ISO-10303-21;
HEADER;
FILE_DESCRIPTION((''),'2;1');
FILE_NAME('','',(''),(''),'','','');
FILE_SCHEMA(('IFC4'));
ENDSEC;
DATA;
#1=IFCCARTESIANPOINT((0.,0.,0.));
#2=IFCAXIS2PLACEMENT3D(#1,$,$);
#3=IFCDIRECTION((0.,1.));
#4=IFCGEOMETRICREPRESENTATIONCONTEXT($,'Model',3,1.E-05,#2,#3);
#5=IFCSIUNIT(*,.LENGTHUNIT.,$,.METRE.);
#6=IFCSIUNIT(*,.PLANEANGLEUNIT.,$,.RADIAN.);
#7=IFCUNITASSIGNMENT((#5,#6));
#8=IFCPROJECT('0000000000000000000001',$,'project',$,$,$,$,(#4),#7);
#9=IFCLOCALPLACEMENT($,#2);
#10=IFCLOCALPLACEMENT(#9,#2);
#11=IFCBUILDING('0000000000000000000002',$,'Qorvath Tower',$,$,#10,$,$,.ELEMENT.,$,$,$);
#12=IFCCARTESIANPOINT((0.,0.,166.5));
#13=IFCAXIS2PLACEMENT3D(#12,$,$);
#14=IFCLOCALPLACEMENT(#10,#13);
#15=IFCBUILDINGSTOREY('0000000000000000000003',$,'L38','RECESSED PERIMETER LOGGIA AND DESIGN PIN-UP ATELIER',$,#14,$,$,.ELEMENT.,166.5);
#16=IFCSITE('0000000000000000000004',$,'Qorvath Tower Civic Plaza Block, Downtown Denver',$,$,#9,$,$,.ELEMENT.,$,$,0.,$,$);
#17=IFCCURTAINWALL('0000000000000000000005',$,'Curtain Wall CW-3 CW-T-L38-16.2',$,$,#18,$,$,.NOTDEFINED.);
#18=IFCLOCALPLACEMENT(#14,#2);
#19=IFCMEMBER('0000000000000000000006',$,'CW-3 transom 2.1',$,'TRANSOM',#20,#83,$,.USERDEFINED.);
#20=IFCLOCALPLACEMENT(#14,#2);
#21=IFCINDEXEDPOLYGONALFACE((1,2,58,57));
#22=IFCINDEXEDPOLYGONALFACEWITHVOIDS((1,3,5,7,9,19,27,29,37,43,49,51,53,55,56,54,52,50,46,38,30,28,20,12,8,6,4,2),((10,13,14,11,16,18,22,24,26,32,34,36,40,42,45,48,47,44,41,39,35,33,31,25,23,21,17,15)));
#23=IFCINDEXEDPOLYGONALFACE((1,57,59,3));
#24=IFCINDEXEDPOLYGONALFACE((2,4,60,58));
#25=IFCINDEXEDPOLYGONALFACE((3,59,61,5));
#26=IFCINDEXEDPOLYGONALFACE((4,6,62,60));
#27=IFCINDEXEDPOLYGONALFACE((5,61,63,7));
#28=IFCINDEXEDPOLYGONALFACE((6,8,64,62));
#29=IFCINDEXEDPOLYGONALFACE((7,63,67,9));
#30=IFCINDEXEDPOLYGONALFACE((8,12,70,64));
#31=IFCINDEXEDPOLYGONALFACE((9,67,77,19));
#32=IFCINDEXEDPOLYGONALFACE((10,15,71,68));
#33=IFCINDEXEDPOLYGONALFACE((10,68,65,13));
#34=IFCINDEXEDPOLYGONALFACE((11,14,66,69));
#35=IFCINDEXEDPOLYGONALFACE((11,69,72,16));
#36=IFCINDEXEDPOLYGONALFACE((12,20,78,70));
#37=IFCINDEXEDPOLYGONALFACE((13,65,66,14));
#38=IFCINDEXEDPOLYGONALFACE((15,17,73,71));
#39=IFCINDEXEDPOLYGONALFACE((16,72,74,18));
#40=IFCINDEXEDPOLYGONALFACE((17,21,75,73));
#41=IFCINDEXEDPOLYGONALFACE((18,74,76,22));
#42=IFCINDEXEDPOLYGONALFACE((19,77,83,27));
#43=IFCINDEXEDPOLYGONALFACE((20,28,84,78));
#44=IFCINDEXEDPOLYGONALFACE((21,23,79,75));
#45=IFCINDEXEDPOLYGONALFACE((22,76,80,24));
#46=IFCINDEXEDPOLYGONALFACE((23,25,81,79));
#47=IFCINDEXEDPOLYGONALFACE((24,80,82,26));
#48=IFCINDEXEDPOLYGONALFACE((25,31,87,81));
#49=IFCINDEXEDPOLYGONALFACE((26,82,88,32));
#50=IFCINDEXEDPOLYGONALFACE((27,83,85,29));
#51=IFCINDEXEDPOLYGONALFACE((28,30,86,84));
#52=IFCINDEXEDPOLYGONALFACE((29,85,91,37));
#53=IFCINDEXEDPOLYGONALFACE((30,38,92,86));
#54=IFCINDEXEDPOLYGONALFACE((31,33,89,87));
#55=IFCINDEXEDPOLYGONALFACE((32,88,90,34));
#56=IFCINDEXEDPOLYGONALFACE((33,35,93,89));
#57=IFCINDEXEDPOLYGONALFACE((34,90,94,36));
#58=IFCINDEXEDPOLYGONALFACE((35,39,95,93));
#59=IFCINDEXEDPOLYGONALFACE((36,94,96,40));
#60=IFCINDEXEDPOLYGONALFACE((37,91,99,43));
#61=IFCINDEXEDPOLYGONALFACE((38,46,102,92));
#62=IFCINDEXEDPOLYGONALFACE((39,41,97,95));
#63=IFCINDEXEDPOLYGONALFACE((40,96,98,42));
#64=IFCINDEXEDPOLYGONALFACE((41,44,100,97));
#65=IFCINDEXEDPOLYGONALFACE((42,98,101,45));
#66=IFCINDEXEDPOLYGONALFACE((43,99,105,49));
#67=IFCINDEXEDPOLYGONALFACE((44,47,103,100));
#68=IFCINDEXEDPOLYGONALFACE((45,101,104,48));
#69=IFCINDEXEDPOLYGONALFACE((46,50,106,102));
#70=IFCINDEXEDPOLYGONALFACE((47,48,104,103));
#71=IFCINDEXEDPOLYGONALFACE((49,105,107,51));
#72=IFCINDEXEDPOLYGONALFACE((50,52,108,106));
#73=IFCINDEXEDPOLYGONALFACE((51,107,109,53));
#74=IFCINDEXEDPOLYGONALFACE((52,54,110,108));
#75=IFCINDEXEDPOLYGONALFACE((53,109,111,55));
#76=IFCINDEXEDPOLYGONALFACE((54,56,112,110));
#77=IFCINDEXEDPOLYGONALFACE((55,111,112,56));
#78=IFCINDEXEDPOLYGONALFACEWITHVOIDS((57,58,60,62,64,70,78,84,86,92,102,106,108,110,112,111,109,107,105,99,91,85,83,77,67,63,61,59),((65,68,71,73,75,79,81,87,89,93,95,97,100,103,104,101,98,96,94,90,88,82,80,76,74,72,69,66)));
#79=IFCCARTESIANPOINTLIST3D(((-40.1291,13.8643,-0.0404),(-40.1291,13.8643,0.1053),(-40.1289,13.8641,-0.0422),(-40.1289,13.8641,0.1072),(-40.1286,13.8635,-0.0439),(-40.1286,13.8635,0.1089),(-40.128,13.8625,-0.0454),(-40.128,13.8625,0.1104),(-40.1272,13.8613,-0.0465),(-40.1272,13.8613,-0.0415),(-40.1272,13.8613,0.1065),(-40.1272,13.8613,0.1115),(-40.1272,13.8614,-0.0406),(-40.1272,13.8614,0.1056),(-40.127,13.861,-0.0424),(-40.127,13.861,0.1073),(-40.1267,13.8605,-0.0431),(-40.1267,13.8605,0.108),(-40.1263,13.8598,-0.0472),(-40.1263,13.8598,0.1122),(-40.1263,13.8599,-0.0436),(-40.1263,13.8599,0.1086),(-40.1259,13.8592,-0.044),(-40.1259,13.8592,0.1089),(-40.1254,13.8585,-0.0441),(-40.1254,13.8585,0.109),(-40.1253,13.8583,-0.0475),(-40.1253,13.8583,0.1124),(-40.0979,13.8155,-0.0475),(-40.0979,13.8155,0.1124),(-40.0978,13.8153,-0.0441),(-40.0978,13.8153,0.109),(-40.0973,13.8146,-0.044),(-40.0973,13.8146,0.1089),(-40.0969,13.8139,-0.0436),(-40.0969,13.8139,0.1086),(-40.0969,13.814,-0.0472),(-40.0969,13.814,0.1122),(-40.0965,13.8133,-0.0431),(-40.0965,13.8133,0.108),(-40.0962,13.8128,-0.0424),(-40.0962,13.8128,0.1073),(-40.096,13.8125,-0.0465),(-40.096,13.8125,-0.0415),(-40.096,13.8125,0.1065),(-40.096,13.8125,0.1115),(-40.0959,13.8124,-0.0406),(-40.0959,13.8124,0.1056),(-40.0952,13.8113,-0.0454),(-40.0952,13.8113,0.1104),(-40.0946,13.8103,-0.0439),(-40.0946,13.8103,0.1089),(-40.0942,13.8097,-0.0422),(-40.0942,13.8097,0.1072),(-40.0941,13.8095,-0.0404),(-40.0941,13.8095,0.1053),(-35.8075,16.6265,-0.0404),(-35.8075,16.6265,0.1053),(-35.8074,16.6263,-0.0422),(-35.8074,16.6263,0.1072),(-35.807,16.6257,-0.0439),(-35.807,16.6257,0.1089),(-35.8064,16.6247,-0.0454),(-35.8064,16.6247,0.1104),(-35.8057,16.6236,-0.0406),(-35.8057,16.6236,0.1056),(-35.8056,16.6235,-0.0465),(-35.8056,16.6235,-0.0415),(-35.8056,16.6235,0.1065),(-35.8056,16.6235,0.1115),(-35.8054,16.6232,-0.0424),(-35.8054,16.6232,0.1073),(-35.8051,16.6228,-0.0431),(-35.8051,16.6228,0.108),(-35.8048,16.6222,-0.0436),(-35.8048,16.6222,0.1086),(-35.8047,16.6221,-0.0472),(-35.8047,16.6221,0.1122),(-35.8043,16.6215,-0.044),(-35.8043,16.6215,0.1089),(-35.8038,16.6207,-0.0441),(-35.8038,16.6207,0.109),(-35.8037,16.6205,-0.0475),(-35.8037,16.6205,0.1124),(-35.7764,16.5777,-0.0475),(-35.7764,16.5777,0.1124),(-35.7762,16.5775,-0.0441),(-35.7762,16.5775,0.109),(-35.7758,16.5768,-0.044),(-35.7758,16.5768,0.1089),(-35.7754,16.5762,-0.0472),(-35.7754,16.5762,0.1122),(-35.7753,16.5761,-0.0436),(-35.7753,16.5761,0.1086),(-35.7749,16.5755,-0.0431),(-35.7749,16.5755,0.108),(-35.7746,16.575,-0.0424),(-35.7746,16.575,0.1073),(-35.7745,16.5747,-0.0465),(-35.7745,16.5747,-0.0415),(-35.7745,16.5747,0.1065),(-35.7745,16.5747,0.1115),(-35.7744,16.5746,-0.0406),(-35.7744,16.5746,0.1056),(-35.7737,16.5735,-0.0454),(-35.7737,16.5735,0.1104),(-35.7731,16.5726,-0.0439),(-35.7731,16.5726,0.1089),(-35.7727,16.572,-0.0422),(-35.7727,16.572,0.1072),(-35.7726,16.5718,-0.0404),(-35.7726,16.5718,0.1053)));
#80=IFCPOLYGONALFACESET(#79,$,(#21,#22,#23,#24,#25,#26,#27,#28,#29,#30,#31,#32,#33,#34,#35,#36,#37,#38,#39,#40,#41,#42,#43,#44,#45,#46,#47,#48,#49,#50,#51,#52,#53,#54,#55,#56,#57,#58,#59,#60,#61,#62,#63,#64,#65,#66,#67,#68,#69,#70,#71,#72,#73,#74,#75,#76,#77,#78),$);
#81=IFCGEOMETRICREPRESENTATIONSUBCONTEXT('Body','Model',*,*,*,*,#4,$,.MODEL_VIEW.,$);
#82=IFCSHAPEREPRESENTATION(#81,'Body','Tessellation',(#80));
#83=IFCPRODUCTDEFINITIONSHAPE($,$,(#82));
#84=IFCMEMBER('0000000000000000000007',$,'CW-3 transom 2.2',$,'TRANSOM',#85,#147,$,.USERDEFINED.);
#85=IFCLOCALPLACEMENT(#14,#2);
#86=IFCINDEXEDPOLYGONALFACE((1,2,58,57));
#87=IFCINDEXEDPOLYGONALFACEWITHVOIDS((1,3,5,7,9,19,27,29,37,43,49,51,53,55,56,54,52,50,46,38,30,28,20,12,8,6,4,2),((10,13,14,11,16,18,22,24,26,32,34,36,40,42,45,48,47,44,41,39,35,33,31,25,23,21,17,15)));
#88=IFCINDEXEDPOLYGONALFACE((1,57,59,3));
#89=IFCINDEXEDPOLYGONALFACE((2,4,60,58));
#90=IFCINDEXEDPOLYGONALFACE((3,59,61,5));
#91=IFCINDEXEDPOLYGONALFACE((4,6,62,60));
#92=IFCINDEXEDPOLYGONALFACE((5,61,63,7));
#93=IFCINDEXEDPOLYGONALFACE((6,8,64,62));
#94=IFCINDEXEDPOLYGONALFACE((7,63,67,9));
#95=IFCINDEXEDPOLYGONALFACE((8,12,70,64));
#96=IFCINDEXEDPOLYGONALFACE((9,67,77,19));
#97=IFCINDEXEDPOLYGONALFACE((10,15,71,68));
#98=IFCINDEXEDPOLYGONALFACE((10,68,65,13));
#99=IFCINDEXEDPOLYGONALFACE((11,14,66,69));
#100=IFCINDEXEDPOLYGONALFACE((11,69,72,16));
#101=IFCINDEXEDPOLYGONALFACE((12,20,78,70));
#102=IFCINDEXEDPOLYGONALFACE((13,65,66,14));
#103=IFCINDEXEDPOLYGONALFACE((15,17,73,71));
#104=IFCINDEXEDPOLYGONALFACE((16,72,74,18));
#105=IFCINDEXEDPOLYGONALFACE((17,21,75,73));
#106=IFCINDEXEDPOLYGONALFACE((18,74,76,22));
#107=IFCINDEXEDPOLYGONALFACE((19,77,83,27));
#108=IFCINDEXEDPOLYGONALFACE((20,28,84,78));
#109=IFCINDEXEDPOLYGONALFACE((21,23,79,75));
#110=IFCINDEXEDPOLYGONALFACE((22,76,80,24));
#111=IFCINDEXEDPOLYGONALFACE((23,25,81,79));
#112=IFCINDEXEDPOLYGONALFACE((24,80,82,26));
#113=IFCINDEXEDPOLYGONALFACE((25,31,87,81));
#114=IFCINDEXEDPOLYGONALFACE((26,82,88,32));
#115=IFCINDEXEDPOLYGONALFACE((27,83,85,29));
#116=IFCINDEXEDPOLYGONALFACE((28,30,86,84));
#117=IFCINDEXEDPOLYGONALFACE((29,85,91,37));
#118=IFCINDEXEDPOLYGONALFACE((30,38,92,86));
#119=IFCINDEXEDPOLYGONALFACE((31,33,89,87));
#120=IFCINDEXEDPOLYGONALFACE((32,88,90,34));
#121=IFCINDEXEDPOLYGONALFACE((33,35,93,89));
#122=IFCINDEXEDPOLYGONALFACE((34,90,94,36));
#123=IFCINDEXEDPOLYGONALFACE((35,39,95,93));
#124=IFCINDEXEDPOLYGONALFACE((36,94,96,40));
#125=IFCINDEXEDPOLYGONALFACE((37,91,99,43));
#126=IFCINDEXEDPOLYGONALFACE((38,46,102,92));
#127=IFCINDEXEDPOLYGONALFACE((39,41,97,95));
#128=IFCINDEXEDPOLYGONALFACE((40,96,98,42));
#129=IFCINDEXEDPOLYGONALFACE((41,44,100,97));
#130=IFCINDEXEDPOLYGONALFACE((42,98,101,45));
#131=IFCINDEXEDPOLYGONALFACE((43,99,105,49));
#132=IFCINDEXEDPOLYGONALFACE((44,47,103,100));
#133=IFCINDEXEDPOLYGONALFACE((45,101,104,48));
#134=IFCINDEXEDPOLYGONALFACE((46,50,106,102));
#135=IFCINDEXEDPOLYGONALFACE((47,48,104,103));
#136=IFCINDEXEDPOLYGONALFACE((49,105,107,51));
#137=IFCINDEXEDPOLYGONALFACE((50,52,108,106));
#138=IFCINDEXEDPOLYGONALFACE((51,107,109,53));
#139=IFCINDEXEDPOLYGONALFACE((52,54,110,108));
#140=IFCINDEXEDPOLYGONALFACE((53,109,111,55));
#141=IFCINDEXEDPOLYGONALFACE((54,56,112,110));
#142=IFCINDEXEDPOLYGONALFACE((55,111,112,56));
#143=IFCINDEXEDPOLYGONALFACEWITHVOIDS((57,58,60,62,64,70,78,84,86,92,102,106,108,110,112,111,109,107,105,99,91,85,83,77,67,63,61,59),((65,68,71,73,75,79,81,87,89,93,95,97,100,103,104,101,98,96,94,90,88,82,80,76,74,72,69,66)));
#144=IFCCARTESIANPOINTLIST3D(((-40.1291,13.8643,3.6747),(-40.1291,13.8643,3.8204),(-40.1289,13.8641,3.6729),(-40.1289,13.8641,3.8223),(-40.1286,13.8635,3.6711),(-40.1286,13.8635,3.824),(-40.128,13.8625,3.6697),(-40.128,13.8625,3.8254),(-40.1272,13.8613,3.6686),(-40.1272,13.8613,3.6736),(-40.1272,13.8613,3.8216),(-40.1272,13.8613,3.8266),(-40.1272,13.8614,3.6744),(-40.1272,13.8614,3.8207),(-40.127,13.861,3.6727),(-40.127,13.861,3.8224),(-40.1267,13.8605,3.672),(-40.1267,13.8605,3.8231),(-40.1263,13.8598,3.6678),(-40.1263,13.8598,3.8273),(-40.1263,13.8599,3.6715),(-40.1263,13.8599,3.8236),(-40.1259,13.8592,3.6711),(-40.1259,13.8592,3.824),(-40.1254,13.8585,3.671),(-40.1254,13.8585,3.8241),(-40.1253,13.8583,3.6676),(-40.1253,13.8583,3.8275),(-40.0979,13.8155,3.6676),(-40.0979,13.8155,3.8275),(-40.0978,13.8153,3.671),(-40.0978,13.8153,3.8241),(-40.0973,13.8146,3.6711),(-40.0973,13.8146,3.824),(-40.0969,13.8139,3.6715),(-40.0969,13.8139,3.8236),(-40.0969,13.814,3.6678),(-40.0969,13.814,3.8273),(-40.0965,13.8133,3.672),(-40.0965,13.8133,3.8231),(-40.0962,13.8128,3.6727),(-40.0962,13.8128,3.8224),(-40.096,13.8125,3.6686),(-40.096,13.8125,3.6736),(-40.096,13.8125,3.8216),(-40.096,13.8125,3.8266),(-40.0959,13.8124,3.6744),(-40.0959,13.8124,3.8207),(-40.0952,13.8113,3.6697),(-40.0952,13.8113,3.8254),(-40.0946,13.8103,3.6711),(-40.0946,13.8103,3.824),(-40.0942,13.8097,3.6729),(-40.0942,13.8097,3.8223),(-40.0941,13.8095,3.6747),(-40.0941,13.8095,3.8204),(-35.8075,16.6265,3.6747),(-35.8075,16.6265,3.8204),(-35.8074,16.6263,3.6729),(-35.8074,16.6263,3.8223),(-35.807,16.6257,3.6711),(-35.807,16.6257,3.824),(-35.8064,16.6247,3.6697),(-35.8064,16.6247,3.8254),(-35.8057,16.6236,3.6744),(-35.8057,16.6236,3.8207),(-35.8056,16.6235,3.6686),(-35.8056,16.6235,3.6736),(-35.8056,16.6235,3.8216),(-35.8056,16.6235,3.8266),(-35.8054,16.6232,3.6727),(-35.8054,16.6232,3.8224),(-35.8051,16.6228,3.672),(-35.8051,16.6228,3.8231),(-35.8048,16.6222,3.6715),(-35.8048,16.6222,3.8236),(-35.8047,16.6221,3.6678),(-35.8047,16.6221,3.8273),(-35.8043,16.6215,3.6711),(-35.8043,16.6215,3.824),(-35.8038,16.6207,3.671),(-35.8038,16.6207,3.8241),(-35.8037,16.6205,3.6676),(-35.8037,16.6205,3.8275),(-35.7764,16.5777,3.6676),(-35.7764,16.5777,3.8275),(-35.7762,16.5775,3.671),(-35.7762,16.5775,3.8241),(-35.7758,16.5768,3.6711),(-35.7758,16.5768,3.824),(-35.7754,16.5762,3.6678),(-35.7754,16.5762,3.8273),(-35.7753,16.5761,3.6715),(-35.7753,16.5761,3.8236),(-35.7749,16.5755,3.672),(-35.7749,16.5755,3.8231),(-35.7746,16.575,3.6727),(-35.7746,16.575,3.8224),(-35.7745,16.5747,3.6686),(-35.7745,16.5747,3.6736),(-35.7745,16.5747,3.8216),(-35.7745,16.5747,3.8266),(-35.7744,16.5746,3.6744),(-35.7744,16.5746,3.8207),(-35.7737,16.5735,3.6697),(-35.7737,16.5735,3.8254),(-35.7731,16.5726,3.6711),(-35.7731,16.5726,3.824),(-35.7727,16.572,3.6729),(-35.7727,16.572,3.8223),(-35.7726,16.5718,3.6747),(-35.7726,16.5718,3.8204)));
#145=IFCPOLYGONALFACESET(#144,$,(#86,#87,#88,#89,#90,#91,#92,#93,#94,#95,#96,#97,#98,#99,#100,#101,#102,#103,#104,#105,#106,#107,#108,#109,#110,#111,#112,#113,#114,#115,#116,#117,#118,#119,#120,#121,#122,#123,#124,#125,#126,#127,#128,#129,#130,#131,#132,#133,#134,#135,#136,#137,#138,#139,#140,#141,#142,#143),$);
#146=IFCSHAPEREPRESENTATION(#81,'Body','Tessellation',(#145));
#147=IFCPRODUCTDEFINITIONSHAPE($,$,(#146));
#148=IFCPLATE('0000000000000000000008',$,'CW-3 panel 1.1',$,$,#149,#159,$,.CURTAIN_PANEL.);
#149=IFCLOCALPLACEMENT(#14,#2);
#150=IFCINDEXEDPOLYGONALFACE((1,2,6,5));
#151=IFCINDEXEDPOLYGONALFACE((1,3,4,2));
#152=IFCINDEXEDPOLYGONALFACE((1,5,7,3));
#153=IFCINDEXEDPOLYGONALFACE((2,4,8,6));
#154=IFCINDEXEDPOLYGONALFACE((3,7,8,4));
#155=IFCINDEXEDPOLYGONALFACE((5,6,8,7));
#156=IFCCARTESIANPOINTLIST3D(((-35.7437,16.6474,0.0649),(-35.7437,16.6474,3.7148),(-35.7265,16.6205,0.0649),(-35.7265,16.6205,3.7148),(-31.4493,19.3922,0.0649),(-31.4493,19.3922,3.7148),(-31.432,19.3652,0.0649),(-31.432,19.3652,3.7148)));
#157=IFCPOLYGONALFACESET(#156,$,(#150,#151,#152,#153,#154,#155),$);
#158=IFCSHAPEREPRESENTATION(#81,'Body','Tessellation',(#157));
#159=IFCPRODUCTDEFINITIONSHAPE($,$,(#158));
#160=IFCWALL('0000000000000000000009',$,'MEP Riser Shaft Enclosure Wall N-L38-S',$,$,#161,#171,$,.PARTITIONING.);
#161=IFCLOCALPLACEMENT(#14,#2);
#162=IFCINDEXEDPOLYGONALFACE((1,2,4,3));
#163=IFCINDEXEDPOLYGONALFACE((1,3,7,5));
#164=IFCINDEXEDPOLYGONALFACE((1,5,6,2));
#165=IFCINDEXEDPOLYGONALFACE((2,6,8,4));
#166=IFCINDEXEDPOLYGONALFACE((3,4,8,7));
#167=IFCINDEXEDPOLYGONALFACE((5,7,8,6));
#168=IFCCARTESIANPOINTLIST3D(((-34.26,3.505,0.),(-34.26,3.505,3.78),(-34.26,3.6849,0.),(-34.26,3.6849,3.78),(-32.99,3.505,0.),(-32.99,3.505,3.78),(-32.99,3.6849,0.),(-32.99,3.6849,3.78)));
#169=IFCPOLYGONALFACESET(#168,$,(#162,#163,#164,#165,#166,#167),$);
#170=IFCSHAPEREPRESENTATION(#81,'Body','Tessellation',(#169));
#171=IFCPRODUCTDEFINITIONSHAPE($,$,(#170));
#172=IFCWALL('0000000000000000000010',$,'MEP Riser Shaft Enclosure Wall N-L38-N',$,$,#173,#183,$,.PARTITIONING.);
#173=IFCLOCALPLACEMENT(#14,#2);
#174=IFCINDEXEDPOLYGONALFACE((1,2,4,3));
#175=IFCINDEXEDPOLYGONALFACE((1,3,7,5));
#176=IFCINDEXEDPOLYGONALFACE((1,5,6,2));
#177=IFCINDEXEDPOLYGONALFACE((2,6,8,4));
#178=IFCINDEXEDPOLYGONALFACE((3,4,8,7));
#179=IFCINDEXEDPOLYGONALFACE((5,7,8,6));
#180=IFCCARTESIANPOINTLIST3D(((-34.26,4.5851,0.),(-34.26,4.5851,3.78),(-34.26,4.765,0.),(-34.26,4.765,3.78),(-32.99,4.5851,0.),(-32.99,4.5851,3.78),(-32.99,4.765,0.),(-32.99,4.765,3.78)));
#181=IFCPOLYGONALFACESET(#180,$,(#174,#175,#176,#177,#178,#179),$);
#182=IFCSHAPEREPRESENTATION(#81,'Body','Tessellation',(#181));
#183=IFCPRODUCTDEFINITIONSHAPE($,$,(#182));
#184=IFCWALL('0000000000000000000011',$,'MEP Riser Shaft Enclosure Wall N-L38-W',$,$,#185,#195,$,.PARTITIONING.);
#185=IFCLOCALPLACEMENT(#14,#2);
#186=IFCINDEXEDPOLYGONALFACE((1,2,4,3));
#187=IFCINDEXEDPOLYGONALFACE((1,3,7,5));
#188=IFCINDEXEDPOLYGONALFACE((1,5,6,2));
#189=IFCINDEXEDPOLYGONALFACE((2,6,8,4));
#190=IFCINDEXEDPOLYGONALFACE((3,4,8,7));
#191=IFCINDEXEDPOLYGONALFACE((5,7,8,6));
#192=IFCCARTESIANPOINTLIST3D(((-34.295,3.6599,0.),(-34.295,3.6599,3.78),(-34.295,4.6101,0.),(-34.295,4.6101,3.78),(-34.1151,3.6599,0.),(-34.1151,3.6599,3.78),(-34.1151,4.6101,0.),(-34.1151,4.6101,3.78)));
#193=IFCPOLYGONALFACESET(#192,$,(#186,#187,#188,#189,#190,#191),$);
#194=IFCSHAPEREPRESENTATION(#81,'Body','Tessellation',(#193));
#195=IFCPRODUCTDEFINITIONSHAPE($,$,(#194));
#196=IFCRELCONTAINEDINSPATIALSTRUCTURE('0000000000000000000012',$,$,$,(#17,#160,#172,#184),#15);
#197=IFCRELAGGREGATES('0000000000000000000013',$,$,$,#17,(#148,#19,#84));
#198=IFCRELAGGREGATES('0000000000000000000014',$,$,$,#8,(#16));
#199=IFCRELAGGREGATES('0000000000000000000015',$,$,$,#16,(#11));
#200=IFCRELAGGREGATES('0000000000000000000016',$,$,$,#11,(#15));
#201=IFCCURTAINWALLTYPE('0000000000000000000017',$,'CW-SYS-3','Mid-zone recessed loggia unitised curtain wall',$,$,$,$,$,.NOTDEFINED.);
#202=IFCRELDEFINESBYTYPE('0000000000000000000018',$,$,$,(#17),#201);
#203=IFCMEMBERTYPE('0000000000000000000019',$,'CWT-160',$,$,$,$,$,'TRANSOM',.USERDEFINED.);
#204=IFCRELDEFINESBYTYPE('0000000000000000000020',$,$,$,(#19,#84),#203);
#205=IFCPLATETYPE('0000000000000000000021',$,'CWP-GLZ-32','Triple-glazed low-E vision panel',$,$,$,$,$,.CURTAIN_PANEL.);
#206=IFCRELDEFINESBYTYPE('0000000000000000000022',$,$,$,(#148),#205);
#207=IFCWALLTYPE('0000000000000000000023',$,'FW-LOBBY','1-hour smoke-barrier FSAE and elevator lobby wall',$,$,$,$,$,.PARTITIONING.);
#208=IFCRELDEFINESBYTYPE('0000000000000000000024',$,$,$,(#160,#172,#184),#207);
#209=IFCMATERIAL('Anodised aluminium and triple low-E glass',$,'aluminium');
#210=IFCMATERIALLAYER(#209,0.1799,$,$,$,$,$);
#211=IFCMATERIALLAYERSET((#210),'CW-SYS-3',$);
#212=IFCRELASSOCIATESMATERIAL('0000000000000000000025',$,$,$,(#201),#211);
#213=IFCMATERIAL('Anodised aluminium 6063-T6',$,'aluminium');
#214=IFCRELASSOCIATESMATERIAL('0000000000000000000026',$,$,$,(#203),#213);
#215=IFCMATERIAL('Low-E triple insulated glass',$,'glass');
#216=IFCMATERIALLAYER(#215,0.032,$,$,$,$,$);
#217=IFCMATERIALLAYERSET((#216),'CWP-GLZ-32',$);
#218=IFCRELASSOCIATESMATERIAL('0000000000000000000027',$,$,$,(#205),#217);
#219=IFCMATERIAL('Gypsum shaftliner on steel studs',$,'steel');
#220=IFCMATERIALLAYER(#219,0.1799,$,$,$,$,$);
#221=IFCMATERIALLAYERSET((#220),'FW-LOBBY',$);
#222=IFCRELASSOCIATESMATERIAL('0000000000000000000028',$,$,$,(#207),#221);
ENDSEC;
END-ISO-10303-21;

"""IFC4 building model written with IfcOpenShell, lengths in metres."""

from ifc_helpers import new_model, si_unit, direction, frame, frame_2d, origin, origin_2d, place, context, subcontext, project, spatial, rectangle, hollow_rectangle, extrude, material, layer, layer_set, material_profile, profile_set, type_object, element, aggregate, save


model = new_model("IFC4")

# Units and contexts
model_context = context("Model", 3, precision=1e-05, world=origin(), true_north=direction((0.0, 1.0)))
body_context = subcontext(model_context, "Body", "Model", "MODEL_VIEW")
ifc_project = project(units=[si_unit("LENGTHUNIT", "METRE"), si_unit("PLANEANGLEUNIT", "RADIAN")], contexts=[model_context])

# Site, building, storey
site_placement = place(None, origin())
site = spatial("IfcSite", under=ifc_project, at=site_placement, Name="Qorvath Tower Civic Plaza Block, Downtown Denver", CompositionType="ELEMENT", RefElevation=0.0)
building_placement = place(site_placement, origin())
building = spatial("IfcBuilding", under=site, at=building_placement, Name="Qorvath Tower", CompositionType="ELEMENT")
storey_placement = place(building_placement, frame((0.0, 0.0, 166.5)))
storey = spatial("IfcBuildingStorey", under=building, at=storey_placement, Name="L38", Description="RECESSED PERIMETER LOGGIA AND DESIGN PIN-UP ATELIER", CompositionType="ELEMENT", Elevation=166.5)

# Curtain wall, members, plate
ifc_material_1 = material(Name="Anodised aluminium and triple low-E glass", Category="aluminium")
ifc_layer_1 = layer(ifc_material_1, 0.1799)
ifc_layer_set_1 = layer_set([ifc_layer_1], Name="CW-SYS-3")
curtain_wall_type = type_object("IfcCurtainWallType", Name="CW-SYS-3", Description="Mid-zone recessed loggia unitised curtain wall", PredefinedType="NOTDEFINED", material=ifc_layer_set_1)
curtain_wall_placement = place(storey_placement, origin())
curtain_wall = element("IfcCurtainWall", 1, at=curtain_wall_placement, inside=storey, type_object=curtain_wall_type, Name="Curtain Wall CW-3 CW-T-L38-16.2", PredefinedType="NOTDEFINED")
ifc_material_2 = material(Name="Anodised aluminium 6063-T6", Category="aluminium")
ifc_material_profile_1 = material_profile(ifc_material_2, hollow_rectangle(XDim=0.0649, YDim=0.1599, WallThickness=0.0034, InnerFilletRadius=0.0034, OuterFilletRadius=0.0071, at=origin_2d()), Name="CWT 160x65")
ifc_profile_set_1 = profile_set([ifc_material_profile_1], Name="Anodised aluminium 6063-T6")
member_type_1 = type_object("IfcMemberType", Name="CWT-160", ElementType="TRANSOM", PredefinedType="USERDEFINED", material=ifc_profile_set_1)
member_1_placement = place(storey_placement, frame((-35.79, 16.5991, 0.0325), z_axis=(-0.842588, -0.538559, 0.0), x_axis=(0.538559, -0.842588, 0.0)))
member_1 = element("IfcMember", 2, at=member_1_placement, type_object=member_type_1, Name="CW-3 transom 2.1", ObjectType="TRANSOM", PredefinedType="USERDEFINED", context=body_context, shape_type="SweptSolid", body=[
    extrude(hollow_rectangle(XDim=0.0649, YDim=0.1599, WallThickness=0.0034, InnerFilletRadius=0.0034, OuterFilletRadius=0.0071, at=origin_2d()), origin(), (0.0, 0.0, 1.0), 5.1289),
])
member_2_placement = place(storey_placement, frame((-35.79, 16.5991, 3.7476), z_axis=(-0.842588, -0.538559, 0.0), x_axis=(0.538559, -0.842588, 0.0)))
member_2 = element("IfcMember", 3, at=member_2_placement, type_object=member_type_1, Name="CW-3 transom 2.2", ObjectType="TRANSOM", PredefinedType="USERDEFINED", context=body_context, shape_type="SweptSolid", body=[
    extrude(hollow_rectangle(XDim=0.0649, YDim=0.1599, WallThickness=0.0034, InnerFilletRadius=0.0034, OuterFilletRadius=0.0071, at=origin_2d()), origin(), (0.0, 0.0, 1.0), 5.1289),
])
ifc_material_3 = material(Name="Low-E triple insulated glass", Category="glass")
ifc_layer_2 = layer(ifc_material_3, 0.032)
ifc_layer_set_2 = layer_set([ifc_layer_2], Name="CWP-GLZ-32")
plate_type = type_object("IfcPlateType", Name="CWP-GLZ-32", Description="Triple-glazed low-E vision panel", PredefinedType="CURTAIN_PANEL", material=ifc_layer_set_2)
plate_placement = place(storey_placement, frame((-33.5879, 18.0063, 0.0649), z_axis=(0.0, 0.0, 1.0), x_axis=(-0.842602, -0.538537, 0.0)))
plate = element("IfcPlate", 4, at=plate_placement, type_object=plate_type, Name="CW-3 panel 1.1", PredefinedType="CURTAIN_PANEL", context=body_context, shape_type="SweptSolid", body=[
    extrude(rectangle(XDim=5.0967, YDim=0.032, at=origin_2d()), origin(), (0.0, 0.0, 1.0), 3.6499),
])
aggregate(curtain_wall, [plate, member_1, member_2])

# Walls
ifc_material_4 = material(Name="Gypsum shaftliner on steel studs", Category="steel")
ifc_layer_3 = layer(ifc_material_4, 0.1799)
ifc_layer_set_3 = layer_set([ifc_layer_3], Name="FW-LOBBY")
wall_type_1 = type_object("IfcWallType", Name="FW-LOBBY", Description="1-hour smoke-barrier FSAE and elevator lobby wall", PredefinedType="PARTITIONING", material=ifc_layer_set_3)
for number, where, z_axis, x_axis, name in (
    (5, (-32.99, 3.595, 0.0), (0.0, 0.0, 1.0), (-1.0, 0.0, 0.0), "MEP Riser Shaft Enclosure Wall N-L38-S"),
    (6, (-34.26, 4.675, 0.0), (0.0, 0.0, 1.0), (1.0, 0.0, 0.0), "MEP Riser Shaft Enclosure Wall N-L38-N"),
):
    element("IfcWall", number, at=place(storey_placement, frame(where, z_axis=z_axis, x_axis=x_axis)), inside=storey, type_object=wall_type_1, Name=name, PredefinedType="PARTITIONING", context=body_context, shape_type="SweptSolid", body=[
        extrude(rectangle(XDim=1.27, YDim=0.1799, at=frame_2d((0.635, 0.0))), origin(), (0.0, 0.0, 1.0), 3.78),
    ])
for number, where, z_axis, x_axis, name in (
    (7, (-34.2051, 3.6599, 0.0), (0.0, 0.0, 1.0), (0.0, 1.0, 0.0), "MEP Riser Shaft Enclosure Wall N-L38-W"),
):
    element("IfcWall", number, at=place(storey_placement, frame(where, z_axis=z_axis, x_axis=x_axis)), inside=storey, type_object=wall_type_1, Name=name, PredefinedType="PARTITIONING", context=body_context, shape_type="SweptSolid", body=[
        extrude(rectangle(XDim=0.9502, YDim=0.1799, at=frame_2d((0.4751, 0.0))), origin(), (0.0, 0.0, 1.0), 3.78),
    ])

save(model, "model.ifc")
